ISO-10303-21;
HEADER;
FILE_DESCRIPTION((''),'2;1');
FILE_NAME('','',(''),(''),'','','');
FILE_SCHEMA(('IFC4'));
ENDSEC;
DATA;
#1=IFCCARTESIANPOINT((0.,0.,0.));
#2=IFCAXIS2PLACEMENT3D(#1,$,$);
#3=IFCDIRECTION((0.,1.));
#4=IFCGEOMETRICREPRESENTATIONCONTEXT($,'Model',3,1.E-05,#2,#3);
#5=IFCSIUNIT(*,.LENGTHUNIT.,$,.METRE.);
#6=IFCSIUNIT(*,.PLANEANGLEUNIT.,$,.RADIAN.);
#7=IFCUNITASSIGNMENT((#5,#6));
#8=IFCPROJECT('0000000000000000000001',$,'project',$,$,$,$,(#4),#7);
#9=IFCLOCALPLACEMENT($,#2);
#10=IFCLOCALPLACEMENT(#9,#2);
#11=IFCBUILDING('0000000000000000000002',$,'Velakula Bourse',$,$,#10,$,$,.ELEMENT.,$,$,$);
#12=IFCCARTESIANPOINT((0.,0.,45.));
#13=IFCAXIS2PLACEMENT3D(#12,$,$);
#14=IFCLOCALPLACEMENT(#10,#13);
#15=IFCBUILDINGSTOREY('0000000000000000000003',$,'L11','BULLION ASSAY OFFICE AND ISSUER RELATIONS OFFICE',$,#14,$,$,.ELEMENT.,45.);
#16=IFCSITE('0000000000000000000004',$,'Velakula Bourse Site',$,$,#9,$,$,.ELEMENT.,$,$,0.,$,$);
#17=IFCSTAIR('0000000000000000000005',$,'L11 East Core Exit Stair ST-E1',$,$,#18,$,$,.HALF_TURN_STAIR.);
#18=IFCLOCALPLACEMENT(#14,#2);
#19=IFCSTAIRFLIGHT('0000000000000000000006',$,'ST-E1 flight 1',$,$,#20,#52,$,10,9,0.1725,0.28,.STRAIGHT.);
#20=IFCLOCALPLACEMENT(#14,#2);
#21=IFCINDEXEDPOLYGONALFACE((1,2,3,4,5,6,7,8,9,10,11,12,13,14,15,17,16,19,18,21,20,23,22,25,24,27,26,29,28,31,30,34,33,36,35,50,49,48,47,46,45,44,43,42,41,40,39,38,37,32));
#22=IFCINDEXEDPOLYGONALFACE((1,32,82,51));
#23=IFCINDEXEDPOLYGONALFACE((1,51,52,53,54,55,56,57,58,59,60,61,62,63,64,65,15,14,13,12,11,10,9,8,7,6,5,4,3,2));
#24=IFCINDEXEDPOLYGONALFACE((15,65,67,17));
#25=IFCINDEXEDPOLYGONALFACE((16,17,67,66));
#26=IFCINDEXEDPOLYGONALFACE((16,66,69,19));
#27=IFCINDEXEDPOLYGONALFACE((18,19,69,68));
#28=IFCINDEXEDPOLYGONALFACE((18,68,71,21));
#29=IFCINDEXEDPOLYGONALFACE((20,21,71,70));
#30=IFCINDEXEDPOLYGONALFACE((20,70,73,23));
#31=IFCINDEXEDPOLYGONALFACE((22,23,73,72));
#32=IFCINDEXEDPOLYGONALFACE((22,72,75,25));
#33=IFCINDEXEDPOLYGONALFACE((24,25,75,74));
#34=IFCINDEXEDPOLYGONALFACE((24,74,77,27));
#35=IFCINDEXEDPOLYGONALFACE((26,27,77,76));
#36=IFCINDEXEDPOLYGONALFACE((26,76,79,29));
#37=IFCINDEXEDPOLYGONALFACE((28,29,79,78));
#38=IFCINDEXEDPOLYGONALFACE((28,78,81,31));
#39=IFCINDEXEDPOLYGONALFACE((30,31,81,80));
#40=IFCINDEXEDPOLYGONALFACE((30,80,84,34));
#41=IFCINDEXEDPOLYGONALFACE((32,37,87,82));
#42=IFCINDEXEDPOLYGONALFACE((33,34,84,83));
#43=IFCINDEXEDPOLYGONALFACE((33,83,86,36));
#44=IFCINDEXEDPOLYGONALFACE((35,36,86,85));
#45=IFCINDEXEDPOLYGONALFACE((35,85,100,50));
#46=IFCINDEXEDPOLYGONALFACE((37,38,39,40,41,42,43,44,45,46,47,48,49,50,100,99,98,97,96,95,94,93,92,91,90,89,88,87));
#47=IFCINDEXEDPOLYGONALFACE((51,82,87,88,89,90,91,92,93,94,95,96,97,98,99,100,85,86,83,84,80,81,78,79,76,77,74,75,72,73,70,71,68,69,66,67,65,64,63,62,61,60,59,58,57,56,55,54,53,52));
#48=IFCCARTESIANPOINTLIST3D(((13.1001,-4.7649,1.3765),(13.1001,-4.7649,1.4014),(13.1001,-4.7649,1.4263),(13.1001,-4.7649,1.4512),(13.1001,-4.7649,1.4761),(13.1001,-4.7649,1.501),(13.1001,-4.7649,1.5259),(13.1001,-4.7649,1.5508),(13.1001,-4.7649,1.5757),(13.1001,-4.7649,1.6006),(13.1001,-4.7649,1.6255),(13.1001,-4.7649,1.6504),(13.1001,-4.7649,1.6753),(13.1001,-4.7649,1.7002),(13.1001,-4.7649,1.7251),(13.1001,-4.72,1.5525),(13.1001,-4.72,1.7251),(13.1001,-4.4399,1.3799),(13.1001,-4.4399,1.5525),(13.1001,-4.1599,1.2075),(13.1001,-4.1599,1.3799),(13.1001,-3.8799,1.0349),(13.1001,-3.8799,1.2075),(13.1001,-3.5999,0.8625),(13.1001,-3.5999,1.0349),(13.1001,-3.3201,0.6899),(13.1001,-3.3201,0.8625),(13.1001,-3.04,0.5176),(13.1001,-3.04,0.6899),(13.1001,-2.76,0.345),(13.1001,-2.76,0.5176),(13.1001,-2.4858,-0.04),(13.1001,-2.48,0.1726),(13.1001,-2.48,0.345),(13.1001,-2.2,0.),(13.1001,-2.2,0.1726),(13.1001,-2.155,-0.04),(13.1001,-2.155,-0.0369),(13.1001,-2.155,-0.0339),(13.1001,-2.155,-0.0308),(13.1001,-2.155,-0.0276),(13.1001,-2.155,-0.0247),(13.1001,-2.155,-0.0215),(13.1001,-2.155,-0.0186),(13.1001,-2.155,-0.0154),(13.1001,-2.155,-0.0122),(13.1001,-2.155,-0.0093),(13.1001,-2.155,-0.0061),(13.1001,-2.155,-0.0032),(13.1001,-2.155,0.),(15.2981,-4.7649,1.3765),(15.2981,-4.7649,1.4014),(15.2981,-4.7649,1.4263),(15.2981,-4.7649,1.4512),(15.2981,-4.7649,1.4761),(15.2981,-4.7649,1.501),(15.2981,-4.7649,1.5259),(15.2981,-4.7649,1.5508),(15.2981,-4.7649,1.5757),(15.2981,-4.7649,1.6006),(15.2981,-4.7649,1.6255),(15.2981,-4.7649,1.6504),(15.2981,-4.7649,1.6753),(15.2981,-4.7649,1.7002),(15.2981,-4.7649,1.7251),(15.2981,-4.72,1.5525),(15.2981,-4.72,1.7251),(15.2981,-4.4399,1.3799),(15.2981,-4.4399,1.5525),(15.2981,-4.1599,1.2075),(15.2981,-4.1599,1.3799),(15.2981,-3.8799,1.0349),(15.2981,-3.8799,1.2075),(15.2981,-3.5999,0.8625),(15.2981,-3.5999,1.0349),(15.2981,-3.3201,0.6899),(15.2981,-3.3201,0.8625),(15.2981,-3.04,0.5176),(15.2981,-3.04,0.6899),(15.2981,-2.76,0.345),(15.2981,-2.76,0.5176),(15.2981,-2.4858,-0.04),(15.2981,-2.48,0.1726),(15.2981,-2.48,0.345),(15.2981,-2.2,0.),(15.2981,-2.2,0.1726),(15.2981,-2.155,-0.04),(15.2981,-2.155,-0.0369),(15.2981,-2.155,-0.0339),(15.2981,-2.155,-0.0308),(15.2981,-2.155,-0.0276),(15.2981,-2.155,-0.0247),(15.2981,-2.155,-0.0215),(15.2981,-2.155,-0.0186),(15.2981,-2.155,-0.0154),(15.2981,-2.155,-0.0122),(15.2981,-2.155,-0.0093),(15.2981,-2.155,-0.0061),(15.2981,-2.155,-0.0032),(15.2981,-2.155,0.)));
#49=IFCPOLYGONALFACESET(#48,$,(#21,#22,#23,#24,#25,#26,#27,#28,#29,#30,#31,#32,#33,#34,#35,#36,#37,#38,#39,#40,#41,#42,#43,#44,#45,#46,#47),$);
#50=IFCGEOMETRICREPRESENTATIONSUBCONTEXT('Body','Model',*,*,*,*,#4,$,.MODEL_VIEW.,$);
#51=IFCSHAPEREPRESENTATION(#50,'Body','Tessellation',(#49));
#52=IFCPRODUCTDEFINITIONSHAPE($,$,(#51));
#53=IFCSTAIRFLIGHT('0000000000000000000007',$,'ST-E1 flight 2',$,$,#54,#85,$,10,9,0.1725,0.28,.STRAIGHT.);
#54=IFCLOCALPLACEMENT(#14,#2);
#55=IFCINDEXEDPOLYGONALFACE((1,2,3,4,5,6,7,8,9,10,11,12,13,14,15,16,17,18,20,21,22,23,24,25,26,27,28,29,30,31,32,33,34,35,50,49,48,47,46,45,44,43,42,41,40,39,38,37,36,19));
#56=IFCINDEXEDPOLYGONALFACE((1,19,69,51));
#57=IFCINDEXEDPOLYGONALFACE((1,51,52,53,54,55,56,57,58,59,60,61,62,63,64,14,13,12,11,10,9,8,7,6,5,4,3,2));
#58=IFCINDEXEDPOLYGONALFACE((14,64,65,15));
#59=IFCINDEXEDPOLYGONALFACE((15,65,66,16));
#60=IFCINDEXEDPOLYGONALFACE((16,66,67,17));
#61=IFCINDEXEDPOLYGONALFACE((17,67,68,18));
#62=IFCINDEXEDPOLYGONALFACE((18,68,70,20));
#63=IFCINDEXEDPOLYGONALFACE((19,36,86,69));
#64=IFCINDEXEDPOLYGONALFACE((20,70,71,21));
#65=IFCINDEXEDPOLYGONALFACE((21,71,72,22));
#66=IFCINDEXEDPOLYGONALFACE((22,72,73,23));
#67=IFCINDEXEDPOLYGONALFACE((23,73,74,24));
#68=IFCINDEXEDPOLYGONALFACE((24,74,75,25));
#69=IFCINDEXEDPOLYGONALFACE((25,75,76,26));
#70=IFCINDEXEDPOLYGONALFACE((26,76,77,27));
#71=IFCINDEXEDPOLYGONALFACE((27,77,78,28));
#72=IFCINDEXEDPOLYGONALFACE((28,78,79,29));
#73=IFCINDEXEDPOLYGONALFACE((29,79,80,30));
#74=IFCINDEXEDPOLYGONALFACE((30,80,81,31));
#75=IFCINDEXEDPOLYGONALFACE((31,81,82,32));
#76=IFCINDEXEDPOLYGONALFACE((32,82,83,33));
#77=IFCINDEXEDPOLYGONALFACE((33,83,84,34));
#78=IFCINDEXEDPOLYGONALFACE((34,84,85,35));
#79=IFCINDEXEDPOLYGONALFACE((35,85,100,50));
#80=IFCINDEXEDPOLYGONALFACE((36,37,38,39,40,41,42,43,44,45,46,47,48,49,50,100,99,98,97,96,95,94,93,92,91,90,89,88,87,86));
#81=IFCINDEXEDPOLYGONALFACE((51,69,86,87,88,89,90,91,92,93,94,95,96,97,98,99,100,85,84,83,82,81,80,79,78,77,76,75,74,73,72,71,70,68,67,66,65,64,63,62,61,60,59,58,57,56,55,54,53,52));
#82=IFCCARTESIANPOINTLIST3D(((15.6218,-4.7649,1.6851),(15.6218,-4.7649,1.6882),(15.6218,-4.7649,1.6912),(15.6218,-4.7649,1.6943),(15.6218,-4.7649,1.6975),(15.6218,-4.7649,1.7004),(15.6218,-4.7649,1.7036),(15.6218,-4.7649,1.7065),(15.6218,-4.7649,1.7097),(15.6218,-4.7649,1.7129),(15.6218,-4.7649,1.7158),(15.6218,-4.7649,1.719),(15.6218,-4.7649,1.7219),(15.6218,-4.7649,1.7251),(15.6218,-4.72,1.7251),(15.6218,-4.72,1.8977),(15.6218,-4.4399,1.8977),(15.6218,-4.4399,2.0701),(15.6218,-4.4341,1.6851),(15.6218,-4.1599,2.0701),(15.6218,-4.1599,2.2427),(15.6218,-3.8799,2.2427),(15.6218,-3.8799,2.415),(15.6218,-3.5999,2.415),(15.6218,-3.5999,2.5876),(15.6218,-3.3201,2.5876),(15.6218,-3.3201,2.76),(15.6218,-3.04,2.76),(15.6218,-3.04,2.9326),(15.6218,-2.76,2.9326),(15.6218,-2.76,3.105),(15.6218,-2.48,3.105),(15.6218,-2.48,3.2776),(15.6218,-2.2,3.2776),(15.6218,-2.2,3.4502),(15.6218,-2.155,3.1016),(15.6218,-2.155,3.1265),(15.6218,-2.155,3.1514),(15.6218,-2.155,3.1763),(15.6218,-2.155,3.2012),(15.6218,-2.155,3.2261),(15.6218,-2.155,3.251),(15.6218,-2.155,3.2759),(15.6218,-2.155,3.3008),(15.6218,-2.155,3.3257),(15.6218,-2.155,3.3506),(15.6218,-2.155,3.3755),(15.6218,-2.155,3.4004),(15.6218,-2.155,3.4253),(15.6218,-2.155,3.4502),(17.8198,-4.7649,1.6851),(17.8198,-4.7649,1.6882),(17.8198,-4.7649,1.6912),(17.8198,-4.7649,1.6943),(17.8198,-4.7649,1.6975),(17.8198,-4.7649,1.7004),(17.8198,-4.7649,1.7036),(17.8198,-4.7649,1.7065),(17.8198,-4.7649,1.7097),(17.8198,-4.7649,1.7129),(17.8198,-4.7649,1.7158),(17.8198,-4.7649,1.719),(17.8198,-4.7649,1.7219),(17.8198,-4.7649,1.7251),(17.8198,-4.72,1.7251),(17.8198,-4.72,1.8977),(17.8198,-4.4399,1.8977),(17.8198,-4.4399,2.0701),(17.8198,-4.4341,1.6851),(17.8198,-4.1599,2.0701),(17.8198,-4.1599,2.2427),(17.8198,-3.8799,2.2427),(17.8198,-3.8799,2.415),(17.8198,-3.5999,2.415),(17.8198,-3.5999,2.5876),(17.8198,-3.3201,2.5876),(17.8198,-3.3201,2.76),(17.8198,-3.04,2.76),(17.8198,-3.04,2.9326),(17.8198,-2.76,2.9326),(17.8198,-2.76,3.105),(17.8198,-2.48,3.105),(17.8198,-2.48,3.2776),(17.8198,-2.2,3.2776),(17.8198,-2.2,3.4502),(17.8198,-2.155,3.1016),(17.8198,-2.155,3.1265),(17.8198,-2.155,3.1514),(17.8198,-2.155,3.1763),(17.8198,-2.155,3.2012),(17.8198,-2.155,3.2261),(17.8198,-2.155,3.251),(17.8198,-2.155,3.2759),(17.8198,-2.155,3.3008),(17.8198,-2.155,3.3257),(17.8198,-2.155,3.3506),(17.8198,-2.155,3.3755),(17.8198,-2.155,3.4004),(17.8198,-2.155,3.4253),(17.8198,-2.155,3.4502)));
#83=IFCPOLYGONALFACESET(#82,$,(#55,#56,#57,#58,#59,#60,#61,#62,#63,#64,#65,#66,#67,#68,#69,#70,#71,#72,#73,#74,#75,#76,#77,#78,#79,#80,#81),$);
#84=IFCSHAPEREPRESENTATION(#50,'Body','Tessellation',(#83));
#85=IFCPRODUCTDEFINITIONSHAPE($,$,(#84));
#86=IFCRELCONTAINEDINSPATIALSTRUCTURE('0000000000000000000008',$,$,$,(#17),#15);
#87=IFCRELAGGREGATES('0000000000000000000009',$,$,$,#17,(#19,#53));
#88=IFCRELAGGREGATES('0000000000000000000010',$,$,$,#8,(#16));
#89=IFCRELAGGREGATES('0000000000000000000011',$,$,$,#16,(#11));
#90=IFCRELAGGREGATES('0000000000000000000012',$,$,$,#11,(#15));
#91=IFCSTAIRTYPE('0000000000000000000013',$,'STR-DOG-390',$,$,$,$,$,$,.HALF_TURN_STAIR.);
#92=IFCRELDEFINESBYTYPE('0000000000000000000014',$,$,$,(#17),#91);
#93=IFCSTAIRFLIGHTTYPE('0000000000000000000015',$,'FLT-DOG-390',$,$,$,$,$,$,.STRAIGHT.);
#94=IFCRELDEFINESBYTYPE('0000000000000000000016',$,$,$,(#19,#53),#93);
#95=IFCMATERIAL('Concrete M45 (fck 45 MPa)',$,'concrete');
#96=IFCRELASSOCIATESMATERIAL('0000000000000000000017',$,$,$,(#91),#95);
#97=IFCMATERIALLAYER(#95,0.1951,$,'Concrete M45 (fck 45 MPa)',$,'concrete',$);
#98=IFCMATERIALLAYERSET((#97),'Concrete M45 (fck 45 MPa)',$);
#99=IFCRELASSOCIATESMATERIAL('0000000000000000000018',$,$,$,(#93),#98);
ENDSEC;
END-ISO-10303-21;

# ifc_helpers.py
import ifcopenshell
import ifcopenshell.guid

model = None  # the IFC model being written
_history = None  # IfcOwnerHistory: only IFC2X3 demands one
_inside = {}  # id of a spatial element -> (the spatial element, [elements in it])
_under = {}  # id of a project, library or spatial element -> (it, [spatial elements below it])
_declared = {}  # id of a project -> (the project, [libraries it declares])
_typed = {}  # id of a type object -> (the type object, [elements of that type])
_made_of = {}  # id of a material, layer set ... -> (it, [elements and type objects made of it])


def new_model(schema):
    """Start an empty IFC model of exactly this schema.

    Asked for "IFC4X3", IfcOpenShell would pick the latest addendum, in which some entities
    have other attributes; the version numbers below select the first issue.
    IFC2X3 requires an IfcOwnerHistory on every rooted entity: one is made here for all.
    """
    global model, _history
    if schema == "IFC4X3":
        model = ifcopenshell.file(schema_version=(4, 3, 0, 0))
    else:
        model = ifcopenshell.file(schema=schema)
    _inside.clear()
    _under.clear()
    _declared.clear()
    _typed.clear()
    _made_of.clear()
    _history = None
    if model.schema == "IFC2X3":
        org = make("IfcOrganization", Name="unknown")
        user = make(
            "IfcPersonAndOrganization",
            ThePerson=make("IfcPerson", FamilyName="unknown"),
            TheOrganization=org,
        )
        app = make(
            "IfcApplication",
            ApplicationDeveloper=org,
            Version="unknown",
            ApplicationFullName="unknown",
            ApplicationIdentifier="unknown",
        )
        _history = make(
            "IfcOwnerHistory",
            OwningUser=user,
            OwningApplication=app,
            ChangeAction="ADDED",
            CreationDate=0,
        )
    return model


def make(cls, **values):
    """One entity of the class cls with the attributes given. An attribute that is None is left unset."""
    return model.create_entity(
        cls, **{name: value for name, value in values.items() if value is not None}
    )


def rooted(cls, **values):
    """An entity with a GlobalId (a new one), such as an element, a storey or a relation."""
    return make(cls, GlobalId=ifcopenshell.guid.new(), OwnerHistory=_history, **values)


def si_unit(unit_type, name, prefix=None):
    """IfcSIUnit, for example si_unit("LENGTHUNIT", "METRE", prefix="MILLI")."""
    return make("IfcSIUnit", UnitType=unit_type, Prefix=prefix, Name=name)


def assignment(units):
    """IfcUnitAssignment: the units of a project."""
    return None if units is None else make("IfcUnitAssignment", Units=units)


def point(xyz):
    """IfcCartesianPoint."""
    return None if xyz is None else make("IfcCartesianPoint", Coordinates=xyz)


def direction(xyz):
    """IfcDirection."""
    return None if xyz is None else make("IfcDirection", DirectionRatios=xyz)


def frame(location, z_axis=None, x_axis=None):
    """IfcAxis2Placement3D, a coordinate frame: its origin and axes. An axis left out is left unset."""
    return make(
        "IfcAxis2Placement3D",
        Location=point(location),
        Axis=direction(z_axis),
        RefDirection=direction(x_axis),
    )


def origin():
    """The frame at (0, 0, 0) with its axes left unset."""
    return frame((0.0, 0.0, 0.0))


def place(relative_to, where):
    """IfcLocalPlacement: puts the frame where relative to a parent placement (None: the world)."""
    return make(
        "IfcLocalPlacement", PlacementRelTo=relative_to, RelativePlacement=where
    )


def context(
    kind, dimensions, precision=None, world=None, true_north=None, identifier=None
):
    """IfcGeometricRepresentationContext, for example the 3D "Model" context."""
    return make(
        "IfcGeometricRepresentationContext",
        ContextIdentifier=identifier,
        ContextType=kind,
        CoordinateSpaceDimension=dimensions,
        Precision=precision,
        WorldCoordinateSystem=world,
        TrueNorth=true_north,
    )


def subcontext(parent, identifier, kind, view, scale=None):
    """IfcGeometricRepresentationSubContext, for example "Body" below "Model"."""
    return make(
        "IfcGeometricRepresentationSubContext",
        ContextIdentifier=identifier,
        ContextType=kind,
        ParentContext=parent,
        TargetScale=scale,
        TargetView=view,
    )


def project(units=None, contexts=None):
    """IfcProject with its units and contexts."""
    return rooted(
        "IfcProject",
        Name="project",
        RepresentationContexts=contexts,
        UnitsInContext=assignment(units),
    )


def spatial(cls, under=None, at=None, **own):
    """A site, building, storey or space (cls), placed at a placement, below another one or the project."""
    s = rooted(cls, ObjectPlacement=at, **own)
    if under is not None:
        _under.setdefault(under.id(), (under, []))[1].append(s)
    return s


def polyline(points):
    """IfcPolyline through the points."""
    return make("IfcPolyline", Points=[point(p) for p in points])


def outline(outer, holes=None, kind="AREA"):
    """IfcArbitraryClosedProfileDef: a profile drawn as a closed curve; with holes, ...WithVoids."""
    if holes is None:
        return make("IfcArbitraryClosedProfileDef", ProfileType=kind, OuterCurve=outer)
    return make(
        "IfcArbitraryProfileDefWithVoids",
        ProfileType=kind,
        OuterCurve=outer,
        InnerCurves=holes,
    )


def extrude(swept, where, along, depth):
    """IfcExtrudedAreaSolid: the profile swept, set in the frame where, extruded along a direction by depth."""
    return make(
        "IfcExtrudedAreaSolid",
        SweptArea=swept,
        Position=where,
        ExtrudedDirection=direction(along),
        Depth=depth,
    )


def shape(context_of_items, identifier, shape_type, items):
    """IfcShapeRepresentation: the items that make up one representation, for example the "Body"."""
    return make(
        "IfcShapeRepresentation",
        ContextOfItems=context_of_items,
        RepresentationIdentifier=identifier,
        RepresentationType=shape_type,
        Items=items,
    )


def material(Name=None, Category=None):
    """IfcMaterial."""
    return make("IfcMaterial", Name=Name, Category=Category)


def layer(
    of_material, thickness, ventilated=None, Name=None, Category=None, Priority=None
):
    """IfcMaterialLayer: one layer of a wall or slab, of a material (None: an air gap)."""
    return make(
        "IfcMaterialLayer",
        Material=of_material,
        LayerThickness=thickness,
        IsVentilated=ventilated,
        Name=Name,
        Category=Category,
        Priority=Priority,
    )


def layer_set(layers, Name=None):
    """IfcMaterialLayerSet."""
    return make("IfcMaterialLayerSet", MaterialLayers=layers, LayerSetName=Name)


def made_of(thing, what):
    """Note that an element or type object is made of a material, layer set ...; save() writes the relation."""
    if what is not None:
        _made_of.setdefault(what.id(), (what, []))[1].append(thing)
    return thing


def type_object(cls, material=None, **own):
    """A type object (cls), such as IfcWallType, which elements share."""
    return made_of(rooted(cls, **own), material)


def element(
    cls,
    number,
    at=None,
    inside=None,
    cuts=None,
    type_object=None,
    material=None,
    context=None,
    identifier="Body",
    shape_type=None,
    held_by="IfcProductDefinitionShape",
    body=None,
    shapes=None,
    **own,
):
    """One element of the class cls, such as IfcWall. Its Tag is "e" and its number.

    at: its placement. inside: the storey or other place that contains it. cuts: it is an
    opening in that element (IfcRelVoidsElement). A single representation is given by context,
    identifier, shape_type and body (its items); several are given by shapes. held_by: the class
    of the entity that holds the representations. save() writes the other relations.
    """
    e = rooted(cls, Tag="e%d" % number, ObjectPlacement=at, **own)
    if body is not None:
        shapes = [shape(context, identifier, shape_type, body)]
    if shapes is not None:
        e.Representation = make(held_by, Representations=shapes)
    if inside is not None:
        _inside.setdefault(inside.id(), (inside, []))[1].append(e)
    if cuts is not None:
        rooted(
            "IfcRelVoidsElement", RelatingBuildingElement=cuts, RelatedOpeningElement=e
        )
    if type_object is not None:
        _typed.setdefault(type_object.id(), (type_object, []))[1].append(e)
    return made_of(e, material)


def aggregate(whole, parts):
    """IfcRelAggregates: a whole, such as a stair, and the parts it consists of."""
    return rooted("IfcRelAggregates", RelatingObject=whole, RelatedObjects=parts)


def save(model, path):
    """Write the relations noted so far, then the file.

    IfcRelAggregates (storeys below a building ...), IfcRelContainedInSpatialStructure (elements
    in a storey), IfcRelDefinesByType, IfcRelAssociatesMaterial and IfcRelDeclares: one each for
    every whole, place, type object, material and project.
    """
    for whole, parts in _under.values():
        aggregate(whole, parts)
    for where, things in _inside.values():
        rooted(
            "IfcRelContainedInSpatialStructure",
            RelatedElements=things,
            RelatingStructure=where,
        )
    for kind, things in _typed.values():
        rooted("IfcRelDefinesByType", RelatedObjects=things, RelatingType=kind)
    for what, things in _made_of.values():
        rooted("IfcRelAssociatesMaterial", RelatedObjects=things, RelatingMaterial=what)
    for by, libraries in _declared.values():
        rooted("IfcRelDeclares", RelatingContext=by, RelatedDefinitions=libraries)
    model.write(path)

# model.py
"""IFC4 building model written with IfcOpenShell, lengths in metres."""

from ifc_helpers import new_model, si_unit, direction, frame, origin, place, context, subcontext, project, spatial, polyline, outline, extrude, material, layer, layer_set, type_object, element, aggregate, save


model = new_model("IFC4")

# Units and contexts
model_context = context("Model", 3, precision=1e-05, world=origin(), true_north=direction((0.0, 1.0)))
body_context = subcontext(model_context, "Body", "Model", "MODEL_VIEW")
ifc_project = project(units=[si_unit("LENGTHUNIT", "METRE"), si_unit("PLANEANGLEUNIT", "RADIAN")], contexts=[model_context])

# Site, building, storey
site_placement = place(None, origin())
site = spatial("IfcSite", under=ifc_project, at=site_placement, Name="Velakula Bourse Site", CompositionType="ELEMENT", RefElevation=0.0)
building_placement = place(site_placement, origin())
building = spatial("IfcBuilding", under=site, at=building_placement, Name="Velakula Bourse", CompositionType="ELEMENT")
storey_placement = place(building_placement, frame((0.0, 0.0, 45.0)))
storey = spatial("IfcBuildingStorey", under=building, at=storey_placement, Name="L11", Description="BULLION ASSAY OFFICE AND ISSUER RELATIONS OFFICE", CompositionType="ELEMENT", Elevation=45.0)

# Stair, stair flights
ifc_material_1 = material(Name="Concrete M45 (fck 45 MPa)", Category="concrete")
stair_type = type_object("IfcStairType", Name="STR-DOG-390", PredefinedType="HALF_TURN_STAIR", material=ifc_material_1)
stair_placement = place(storey_placement, origin())
stair = element("IfcStair", 1, at=stair_placement, inside=storey, type_object=stair_type, Name="L11 East Core Exit Stair ST-E1", PredefinedType="HALF_TURN_STAIR")
ifc_layer_1 = layer(ifc_material_1, 0.1951, Name="Concrete M45 (fck 45 MPa)", Category="concrete")
ifc_layer_set_1 = layer_set([ifc_layer_1], Name="Concrete M45 (fck 45 MPa)")
stair_flight_type = type_object("IfcStairFlightType", Name="FLT-DOG-390", PredefinedType="STRAIGHT", material=ifc_layer_set_1)
stair_flight_1_placement = place(storey_placement, frame((14.199, -2.2, 0.0), z_axis=(0.0, 0.0, 1.0), x_axis=(0.0, -1.0, 0.0)))
stair_flight_1 = element("IfcStairFlight", 2, at=stair_flight_1_placement, type_object=stair_flight_type, Name="ST-E1 flight 1", NumberOfRisers=10, NumberOfTreads=9, PredefinedType="STRAIGHT", RiserHeight=0.1725, TreadLength=0.28, context=body_context, shape_type="SweptSolid", body=[
    extrude(outline(polyline([(-0.0449, -0.04), (-0.0449, -0.0369), (-0.0449, -0.0339), (-0.0449, -0.0308), (-0.0449, -0.0276), (-0.0449, -0.0247), (-0.0449, -0.0215), (-0.0449, -0.0186), (-0.0449, -0.0154), (-0.0449, -0.0122), (-0.0449, -0.0093), (-0.0449, -0.0061), (-0.0449, -0.0032), (-0.0449, 0.0), (0.0, 0.0), (0.0, 0.1726), (0.28, 0.1726), (0.28, 0.345), (0.5601, 0.345), (0.5601, 0.5176), (0.8401, 0.5176), (0.8401, 0.6899), (1.1201, 0.6899), (1.1201, 0.8625), (1.3999, 0.8625), (1.3999, 1.0349), (1.6799, 1.0349), (1.6799, 1.2075), (1.96, 1.2075), (1.96, 1.3799), (2.24, 1.3799), (2.24, 1.5525), (2.52, 1.5525), (2.52, 1.7251), (2.5649, 1.7251), (2.5649, 1.7002), (2.5649, 1.6753), (2.5649, 1.6504), (2.5649, 1.6255), (2.5649, 1.6006), (2.5649, 1.5757), (2.5649, 1.5508), (2.5649, 1.5259), (2.5649, 1.501), (2.5649, 1.4761), (2.5649, 1.4512), (2.5649, 1.4263), (2.5649, 1.4014), (2.5649, 1.3765), (0.2859, -0.04), (-0.0449, -0.04)])), frame((0.0, 1.0991, 0.0), z_axis=(0.0, -1.0, 0.0), x_axis=(1.0, 0.0, 0.0)), (0.0, 0.0, 1.0), 2.198),
])
stair_flight_2_placement = place(storey_placement, frame((16.7209, -4.72, 1.7251), z_axis=(0.0, 0.0, 1.0), x_axis=(0.0, 1.0, 0.0)))
stair_flight_2 = element("IfcStairFlight", 3, at=stair_flight_2_placement, type_object=stair_flight_type, Name="ST-E1 flight 2", NumberOfRisers=10, NumberOfTreads=9, PredefinedType="STRAIGHT", RiserHeight=0.1725, TreadLength=0.28, context=body_context, shape_type="SweptSolid", body=[
    extrude(outline(polyline([(-0.0449, -0.04), (-0.0449, -0.0369), (-0.0449, -0.0339), (-0.0449, -0.0308), (-0.0449, -0.0276), (-0.0449, -0.0247), (-0.0449, -0.0215), (-0.0449, -0.0186), (-0.0449, -0.0154), (-0.0449, -0.0122), (-0.0449, -0.0093), (-0.0449, -0.0061), (-0.0449, -0.0032), (-0.0449, 0.0), (0.0, 0.0), (0.0, 0.1726), (0.28, 0.1726), (0.28, 0.345), (0.5601, 0.345), (0.5601, 0.5176), (0.8401, 0.5176), (0.8401, 0.6899), (1.1201, 0.6899), (1.1201, 0.8625), (1.3999, 0.8625), (1.3999, 1.0349), (1.6799, 1.0349), (1.6799, 1.2075), (1.96, 1.2075), (1.96, 1.3799), (2.24, 1.3799), (2.24, 1.5525), (2.52, 1.5525), (2.52, 1.7251), (2.5649, 1.7251), (2.5649, 1.7002), (2.5649, 1.6753), (2.5649, 1.6504), (2.5649, 1.6255), (2.5649, 1.6006), (2.5649, 1.5757), (2.5649, 1.5508), (2.5649, 1.5259), (2.5649, 1.501), (2.5649, 1.4761), (2.5649, 1.4512), (2.5649, 1.4263), (2.5649, 1.4014), (2.5649, 1.3765), (0.2859, -0.04), (-0.0449, -0.04)])), frame((0.0, 1.0991, 0.0), z_axis=(0.0, -1.0, 0.0), x_axis=(1.0, 0.0, 0.0)), (0.0, 0.0, 1.0), 2.198),
])
aggregate(stair, [stair_flight_1, stair_flight_2])

save(model, "model.ifc")
